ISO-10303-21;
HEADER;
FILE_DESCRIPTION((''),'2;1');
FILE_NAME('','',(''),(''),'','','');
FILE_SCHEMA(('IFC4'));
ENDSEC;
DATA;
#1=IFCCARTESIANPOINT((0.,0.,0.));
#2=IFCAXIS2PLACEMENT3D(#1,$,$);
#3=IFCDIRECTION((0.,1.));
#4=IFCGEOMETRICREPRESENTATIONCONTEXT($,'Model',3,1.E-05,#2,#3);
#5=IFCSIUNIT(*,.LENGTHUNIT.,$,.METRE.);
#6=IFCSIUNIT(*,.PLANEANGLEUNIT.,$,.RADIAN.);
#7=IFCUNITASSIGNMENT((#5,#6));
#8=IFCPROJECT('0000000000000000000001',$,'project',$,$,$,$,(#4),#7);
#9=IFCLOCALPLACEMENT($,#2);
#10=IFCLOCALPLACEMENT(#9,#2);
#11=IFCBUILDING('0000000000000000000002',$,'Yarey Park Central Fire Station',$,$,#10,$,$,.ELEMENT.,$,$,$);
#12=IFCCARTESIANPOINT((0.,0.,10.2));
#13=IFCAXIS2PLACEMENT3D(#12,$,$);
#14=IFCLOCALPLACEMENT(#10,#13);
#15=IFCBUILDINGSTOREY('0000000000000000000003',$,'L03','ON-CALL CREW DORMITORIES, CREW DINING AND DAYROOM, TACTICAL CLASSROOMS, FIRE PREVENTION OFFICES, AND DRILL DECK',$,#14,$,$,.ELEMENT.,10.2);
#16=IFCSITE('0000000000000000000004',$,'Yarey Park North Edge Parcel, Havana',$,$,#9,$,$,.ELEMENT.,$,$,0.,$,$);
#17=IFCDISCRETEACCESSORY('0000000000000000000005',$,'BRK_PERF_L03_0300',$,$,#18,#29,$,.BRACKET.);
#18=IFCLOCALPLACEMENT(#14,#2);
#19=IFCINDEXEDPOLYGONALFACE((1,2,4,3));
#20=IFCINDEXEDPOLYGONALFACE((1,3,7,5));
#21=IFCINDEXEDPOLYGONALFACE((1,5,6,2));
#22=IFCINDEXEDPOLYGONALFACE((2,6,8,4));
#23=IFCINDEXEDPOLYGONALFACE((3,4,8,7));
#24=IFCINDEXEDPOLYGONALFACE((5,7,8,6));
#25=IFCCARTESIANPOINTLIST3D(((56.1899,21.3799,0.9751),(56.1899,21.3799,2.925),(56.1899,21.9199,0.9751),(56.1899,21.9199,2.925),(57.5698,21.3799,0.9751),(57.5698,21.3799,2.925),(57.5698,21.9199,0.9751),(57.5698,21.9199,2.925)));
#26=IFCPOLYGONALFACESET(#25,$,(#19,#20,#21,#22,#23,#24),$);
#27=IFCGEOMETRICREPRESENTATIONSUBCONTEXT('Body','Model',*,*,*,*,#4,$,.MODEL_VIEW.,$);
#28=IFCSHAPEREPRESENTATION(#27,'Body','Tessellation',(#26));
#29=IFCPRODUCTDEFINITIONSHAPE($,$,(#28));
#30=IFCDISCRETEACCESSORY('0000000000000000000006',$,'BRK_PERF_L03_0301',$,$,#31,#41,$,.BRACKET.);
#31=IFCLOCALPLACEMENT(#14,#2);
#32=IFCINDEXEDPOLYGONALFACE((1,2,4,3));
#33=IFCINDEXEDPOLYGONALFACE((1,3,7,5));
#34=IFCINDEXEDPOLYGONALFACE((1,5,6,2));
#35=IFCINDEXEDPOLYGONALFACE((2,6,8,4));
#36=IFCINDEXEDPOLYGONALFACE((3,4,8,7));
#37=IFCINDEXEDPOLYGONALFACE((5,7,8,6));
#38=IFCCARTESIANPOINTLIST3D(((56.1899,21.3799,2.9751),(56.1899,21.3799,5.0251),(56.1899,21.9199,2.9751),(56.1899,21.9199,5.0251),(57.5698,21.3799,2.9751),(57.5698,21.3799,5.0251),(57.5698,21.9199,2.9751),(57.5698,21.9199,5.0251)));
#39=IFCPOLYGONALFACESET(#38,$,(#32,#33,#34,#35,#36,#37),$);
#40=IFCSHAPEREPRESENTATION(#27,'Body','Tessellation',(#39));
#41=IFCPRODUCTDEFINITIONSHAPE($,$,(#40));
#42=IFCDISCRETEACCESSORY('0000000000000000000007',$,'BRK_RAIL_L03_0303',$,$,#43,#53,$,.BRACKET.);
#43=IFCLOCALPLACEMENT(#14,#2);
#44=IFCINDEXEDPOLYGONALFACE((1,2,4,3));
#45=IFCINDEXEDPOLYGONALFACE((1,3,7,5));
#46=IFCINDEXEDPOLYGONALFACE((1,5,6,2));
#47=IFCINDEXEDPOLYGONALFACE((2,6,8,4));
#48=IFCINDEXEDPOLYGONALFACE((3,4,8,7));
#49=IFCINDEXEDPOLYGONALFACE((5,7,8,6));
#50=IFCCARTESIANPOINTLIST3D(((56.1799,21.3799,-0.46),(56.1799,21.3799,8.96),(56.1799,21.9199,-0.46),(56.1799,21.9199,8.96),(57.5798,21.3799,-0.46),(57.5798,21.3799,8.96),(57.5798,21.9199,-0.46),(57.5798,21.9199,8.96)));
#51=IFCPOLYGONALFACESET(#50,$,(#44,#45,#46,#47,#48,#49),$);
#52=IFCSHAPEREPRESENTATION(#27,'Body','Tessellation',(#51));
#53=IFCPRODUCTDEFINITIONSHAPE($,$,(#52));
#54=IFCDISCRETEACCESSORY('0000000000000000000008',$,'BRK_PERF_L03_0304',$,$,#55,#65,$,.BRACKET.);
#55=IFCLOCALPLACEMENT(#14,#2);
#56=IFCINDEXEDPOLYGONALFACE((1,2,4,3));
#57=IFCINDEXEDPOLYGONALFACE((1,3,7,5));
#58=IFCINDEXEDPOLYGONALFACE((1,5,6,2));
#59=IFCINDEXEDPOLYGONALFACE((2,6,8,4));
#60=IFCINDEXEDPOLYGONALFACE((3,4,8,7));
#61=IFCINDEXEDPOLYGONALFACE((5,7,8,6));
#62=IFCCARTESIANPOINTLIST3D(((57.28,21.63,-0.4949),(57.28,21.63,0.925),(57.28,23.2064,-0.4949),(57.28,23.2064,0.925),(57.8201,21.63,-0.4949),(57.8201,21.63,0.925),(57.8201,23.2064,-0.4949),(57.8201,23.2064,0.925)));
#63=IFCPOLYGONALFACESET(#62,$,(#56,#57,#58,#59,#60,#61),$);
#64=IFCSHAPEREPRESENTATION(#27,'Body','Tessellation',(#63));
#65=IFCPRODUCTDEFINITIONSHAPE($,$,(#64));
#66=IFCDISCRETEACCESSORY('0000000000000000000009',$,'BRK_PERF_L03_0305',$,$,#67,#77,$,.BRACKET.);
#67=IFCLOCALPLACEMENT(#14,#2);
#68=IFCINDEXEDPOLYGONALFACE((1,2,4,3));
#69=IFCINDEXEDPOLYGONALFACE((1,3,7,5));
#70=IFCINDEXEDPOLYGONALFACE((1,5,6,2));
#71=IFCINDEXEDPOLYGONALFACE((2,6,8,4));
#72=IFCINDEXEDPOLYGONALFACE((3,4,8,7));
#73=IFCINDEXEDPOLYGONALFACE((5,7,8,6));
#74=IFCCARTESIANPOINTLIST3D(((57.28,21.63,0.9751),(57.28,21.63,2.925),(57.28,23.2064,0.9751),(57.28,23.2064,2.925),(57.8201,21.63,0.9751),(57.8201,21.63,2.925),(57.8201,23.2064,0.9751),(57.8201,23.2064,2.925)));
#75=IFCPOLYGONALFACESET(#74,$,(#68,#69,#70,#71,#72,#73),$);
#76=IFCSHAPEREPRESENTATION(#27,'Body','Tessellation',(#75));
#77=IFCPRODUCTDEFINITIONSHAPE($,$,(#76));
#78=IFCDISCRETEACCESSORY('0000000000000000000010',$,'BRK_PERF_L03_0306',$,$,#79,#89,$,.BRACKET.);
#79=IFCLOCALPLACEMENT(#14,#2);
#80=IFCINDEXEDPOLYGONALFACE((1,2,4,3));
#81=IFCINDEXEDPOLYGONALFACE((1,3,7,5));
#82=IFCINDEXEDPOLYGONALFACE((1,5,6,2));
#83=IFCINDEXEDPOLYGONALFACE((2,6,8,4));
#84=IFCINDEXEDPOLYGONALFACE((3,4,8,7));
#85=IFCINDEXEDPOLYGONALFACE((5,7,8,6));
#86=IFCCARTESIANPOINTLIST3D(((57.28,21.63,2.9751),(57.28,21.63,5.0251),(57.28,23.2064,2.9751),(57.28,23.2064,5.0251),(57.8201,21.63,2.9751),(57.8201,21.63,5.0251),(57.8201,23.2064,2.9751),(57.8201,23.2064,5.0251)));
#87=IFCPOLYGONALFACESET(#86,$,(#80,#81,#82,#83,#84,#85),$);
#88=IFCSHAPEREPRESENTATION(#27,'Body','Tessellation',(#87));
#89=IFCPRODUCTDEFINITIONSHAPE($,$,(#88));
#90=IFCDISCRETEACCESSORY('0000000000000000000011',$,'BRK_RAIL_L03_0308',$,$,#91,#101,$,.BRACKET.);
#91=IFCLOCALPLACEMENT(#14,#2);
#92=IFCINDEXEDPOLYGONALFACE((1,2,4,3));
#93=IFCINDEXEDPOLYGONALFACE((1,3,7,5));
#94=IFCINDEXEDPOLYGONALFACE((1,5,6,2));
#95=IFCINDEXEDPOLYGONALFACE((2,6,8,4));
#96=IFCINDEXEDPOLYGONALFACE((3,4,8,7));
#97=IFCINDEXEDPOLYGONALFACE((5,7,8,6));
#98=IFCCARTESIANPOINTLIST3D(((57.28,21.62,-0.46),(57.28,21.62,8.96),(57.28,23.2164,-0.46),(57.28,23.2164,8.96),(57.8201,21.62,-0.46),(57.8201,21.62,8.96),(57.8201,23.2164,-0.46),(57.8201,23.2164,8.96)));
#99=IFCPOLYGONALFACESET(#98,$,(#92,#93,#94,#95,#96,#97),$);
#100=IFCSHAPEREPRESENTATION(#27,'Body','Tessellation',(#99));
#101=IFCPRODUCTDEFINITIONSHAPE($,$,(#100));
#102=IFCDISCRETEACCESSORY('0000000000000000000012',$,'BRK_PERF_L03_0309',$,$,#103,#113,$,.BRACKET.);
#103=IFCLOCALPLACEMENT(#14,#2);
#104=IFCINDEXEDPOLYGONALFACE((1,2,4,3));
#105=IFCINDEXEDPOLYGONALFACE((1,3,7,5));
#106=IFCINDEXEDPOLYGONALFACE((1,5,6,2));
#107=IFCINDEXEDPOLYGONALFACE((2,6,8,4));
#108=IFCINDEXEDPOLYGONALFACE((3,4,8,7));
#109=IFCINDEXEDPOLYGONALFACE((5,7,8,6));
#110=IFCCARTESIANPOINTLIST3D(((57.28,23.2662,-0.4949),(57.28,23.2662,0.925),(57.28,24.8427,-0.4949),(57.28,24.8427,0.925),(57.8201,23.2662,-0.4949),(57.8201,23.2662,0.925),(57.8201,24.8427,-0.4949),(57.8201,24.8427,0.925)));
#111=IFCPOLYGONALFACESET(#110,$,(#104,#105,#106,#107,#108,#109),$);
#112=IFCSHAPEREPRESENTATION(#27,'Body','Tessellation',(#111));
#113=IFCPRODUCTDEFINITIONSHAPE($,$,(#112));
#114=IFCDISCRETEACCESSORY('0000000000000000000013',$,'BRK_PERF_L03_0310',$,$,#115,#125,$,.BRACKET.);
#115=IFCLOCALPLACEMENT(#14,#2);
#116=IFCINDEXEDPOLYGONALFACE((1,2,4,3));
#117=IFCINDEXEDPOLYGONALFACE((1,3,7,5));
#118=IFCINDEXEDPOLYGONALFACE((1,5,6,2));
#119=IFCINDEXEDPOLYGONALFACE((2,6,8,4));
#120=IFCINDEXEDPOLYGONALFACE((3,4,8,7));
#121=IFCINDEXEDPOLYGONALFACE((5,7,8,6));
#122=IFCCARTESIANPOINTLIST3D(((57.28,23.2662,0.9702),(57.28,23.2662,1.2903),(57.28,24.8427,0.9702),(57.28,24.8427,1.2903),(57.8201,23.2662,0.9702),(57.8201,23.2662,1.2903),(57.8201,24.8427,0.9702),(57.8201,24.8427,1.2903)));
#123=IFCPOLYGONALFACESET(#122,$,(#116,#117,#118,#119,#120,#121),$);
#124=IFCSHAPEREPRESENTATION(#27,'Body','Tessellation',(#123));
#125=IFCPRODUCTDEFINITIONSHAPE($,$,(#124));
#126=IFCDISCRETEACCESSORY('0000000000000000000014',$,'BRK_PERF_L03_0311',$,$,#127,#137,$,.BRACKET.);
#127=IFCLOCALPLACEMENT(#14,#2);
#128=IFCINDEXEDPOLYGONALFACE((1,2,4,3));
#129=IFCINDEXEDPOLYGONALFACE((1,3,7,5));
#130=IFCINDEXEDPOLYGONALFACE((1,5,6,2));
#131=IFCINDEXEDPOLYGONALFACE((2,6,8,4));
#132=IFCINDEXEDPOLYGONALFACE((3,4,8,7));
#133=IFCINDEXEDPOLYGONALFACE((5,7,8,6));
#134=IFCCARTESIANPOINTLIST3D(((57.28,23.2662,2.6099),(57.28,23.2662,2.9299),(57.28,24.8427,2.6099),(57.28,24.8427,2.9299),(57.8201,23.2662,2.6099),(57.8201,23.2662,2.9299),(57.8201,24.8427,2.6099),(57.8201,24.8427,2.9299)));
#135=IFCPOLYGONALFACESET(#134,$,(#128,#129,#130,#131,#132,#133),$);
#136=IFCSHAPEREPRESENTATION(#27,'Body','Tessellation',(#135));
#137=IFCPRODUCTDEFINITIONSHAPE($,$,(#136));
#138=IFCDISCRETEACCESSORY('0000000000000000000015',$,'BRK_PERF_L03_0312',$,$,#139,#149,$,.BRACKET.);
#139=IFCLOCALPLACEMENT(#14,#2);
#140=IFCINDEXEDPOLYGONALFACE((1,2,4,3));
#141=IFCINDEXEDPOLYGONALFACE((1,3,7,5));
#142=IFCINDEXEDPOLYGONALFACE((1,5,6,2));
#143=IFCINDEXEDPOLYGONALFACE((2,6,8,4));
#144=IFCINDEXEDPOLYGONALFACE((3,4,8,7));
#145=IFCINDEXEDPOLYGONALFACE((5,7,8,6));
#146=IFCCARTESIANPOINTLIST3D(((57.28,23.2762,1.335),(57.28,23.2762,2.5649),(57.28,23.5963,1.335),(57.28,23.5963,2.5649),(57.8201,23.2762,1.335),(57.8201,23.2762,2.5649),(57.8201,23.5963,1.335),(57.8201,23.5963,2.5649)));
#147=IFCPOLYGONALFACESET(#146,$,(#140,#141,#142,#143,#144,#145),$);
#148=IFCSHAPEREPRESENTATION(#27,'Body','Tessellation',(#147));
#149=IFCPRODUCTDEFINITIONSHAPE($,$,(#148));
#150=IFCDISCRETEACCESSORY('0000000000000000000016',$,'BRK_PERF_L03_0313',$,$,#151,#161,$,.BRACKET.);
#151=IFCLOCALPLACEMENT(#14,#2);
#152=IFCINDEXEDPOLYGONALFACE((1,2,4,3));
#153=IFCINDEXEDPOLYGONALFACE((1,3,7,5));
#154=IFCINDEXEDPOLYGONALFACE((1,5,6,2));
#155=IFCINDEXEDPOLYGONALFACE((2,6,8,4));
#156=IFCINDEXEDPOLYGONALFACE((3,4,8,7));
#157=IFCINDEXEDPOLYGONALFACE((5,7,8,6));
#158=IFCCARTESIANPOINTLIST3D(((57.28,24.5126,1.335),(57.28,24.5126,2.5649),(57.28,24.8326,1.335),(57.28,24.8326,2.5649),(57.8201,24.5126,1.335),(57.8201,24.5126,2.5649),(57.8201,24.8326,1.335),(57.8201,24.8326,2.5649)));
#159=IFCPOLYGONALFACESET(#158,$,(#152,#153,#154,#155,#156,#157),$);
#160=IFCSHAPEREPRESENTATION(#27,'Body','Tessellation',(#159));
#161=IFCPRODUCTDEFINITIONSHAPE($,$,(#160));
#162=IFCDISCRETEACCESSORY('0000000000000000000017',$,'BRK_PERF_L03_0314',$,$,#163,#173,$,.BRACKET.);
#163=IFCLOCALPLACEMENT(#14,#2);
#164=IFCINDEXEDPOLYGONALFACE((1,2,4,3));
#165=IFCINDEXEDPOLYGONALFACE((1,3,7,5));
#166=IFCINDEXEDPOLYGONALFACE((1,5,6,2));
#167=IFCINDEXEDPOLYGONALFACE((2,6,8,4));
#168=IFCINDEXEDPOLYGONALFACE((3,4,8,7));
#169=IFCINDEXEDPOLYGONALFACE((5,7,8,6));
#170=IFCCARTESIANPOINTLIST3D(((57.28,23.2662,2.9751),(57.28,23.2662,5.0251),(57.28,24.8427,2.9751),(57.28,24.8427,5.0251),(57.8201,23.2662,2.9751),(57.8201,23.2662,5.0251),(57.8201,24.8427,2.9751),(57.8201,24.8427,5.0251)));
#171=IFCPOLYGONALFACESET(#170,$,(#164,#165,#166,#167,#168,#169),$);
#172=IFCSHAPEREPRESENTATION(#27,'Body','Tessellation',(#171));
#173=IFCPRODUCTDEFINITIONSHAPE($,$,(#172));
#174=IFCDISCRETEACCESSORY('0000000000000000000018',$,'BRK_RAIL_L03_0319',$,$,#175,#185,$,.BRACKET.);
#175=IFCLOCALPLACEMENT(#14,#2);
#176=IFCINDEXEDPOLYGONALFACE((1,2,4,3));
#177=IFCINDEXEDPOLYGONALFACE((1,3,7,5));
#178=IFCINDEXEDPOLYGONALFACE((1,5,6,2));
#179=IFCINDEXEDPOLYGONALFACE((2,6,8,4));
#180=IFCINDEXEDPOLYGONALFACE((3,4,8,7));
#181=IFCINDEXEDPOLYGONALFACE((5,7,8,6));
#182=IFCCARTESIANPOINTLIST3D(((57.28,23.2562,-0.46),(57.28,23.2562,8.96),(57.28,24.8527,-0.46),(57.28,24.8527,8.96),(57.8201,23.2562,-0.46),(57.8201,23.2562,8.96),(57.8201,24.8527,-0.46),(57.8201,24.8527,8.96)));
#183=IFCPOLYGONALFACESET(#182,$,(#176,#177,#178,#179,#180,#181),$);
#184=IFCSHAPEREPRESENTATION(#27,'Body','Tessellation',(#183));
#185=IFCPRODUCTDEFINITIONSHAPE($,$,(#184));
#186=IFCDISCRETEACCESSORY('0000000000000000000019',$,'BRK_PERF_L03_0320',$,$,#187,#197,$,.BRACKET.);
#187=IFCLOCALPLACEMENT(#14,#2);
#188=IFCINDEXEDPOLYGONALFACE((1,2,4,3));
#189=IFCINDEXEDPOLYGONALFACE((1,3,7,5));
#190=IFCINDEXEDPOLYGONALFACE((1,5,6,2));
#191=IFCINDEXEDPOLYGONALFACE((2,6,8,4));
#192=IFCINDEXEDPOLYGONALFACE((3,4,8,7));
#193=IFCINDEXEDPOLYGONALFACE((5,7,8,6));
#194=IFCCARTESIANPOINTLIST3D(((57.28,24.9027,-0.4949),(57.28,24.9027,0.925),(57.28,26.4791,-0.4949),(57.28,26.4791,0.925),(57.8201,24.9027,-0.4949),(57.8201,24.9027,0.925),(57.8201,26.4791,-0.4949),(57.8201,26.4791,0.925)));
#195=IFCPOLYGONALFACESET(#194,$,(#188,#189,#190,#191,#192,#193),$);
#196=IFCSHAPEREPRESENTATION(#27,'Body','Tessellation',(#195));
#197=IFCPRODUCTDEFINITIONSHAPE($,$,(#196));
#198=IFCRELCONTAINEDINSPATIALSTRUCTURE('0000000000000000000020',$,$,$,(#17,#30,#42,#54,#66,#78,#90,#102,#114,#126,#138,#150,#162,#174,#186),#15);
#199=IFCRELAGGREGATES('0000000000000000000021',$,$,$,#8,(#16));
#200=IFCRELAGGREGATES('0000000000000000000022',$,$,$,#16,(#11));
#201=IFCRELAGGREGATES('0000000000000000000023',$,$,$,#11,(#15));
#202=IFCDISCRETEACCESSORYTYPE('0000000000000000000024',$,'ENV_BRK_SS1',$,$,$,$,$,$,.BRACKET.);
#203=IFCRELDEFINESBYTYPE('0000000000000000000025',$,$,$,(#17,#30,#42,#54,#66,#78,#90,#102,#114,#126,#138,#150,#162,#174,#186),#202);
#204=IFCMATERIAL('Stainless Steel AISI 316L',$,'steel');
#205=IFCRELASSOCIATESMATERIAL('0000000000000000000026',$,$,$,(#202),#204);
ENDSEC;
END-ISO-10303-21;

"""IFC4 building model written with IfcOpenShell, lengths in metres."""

from ifc_helpers import new_model, si_unit, direction, frame, origin, origin_2d, place, context, subcontext, project, spatial, rectangle, extrude, material, type_object, element, save


model = new_model("IFC4")

# Units and contexts
model_context = context("Model", 3, precision=1e-05, world=origin(), true_north=direction((0.0, 1.0)))
body_context = subcontext(model_context, "Body", "Model", "MODEL_VIEW")
ifc_project = project(units=[si_unit("LENGTHUNIT", "METRE"), si_unit("PLANEANGLEUNIT", "RADIAN")], contexts=[model_context])

# Site, building, storey
site_placement = place(None, origin())
site = spatial("IfcSite", under=ifc_project, at=site_placement, Name="Yarey Park North Edge Parcel, Havana", CompositionType="ELEMENT", RefElevation=0.0)
building_placement = place(site_placement, origin())
building = spatial("IfcBuilding", under=site, at=building_placement, Name="Yarey Park Central Fire Station", CompositionType="ELEMENT")
storey_placement = place(building_placement, frame((0.0, 0.0, 10.2)))
storey = spatial("IfcBuildingStorey", under=building, at=storey_placement, Name="L03", Description="ON-CALL CREW DORMITORIES, CREW DINING AND DAYROOM, TACTICAL CLASSROOMS, FIRE PREVENTION OFFICES, AND DRILL DECK", CompositionType="ELEMENT", Elevation=10.2)

# Discrete accessories
ifc_material_1 = material(Name="Stainless Steel AISI 316L", Category="steel")
discrete_accessory_type = type_object("IfcDiscreteAccessoryType", Name="ENV_BRK_SS1", PredefinedType="BRACKET", material=ifc_material_1)
discrete_accessory_1_placement = place(storey_placement, frame((56.8799, 21.6499, 0.9751), z_axis=(0.0, 0.0, 1.0), x_axis=(1.0, 0.0, 0.0)))
element("IfcDiscreteAccessory", 1, at=discrete_accessory_1_placement, inside=storey, type_object=discrete_accessory_type, Name="BRK_PERF_L03_0300", PredefinedType="BRACKET", context=body_context, shape_type="SweptSolid", body=[
    extrude(rectangle(XDim=1.3799, YDim=0.54, at=origin_2d()), origin(), (0.0, 0.0, 1.0), 1.95),
])
discrete_accessory_2_placement = place(storey_placement, frame((56.8799, 21.6499, 2.9751), z_axis=(0.0, 0.0, 1.0), x_axis=(1.0, 0.0, 0.0)))
element("IfcDiscreteAccessory", 2, at=discrete_accessory_2_placement, inside=storey, type_object=discrete_accessory_type, Name="BRK_PERF_L03_0301", PredefinedType="BRACKET", context=body_context, shape_type="SweptSolid", body=[
    extrude(rectangle(XDim=1.3799, YDim=0.54, at=origin_2d()), origin(), (0.0, 0.0, 1.0), 2.05),
])
discrete_accessory_3_placement = place(storey_placement, frame((56.8799, 21.6499, -0.46), z_axis=(0.0, 0.0, 1.0), x_axis=(1.0, 0.0, 0.0)))
element("IfcDiscreteAccessory", 3, at=discrete_accessory_3_placement, inside=storey, type_object=discrete_accessory_type, Name="BRK_RAIL_L03_0303", PredefinedType="BRACKET", context=body_context, shape_type="SweptSolid", body=[
    extrude(rectangle(XDim=1.3999, YDim=0.54, at=origin_2d()), origin(), (0.0, 0.0, 1.0), 9.4199),
])
discrete_accessory_4_placement = place(storey_placement, frame((57.55, 22.4182, -0.4949), z_axis=(0.0, 0.0, 1.0), x_axis=(1.0, 0.0, 0.0)))
element("IfcDiscreteAccessory", 4, at=discrete_accessory_4_placement, inside=storey, type_object=discrete_accessory_type, Name="BRK_PERF_L03_0304", PredefinedType="BRACKET", context=body_context, shape_type="SweptSolid", body=[
    extrude(rectangle(XDim=0.54, YDim=1.5764, at=origin_2d()), origin(), (0.0, 0.0, 1.0), 1.4199),
])
discrete_accessory_5_placement = place(storey_placement, frame((57.55, 22.4182, 0.9751), z_axis=(0.0, 0.0, 1.0), x_axis=(1.0, 0.0, 0.0)))
element("IfcDiscreteAccessory", 5, at=discrete_accessory_5_placement, inside=storey, type_object=discrete_accessory_type, Name="BRK_PERF_L03_0305", PredefinedType="BRACKET", context=body_context, shape_type="SweptSolid", body=[
    extrude(rectangle(XDim=0.54, YDim=1.5764, at=origin_2d()), origin(), (0.0, 0.0, 1.0), 1.95),
])
discrete_accessory_6_placement = place(storey_placement, frame((57.55, 22.4182, 2.9751), z_axis=(0.0, 0.0, 1.0), x_axis=(1.0, 0.0, 0.0)))
element("IfcDiscreteAccessory", 6, at=discrete_accessory_6_placement, inside=storey, type_object=discrete_accessory_type, Name="BRK_PERF_L03_0306", PredefinedType="BRACKET", context=body_context, shape_type="SweptSolid", body=[
    extrude(rectangle(XDim=0.54, YDim=1.5764, at=origin_2d()), origin(), (0.0, 0.0, 1.0), 2.05),
])
discrete_accessory_7_placement = place(storey_placement, frame((57.55, 22.4182, -0.46), z_axis=(0.0, 0.0, 1.0), x_axis=(1.0, 0.0, 0.0)))
element("IfcDiscreteAccessory", 7, at=discrete_accessory_7_placement, inside=storey, type_object=discrete_accessory_type, Name="BRK_RAIL_L03_0308", PredefinedType="BRACKET", context=body_context, shape_type="SweptSolid", body=[
    extrude(rectangle(XDim=0.54, YDim=1.5964, at=origin_2d()), origin(), (0.0, 0.0, 1.0), 9.4199),
])
discrete_accessory_8_placement = place(storey_placement, frame((57.55, 24.0544, -0.4949), z_axis=(0.0, 0.0, 1.0), x_axis=(1.0, 0.0, 0.0)))
element("IfcDiscreteAccessory", 8, at=discrete_accessory_8_placement, inside=storey, type_object=discrete_accessory_type, Name="BRK_PERF_L03_0309", PredefinedType="BRACKET", context=body_context, shape_type="SweptSolid", body=[
    extrude(rectangle(XDim=0.54, YDim=1.5764, at=origin_2d()), origin(), (0.0, 0.0, 1.0), 1.4199),
])
for number, where, z_axis, x_axis, name in (
    (9, (57.55, 24.0544, 0.9702), (0.0, 0.0, 1.0), (1.0, 0.0, 0.0), "BRK_PERF_L03_0310"),
    (10, (57.55, 24.0544, 2.6099), (0.0, 0.0, 1.0), (1.0, 0.0, 0.0), "BRK_PERF_L03_0311"),
):
    element("IfcDiscreteAccessory", number, at=place(storey_placement, frame(where, z_axis=z_axis, x_axis=x_axis)), inside=storey, type_object=discrete_accessory_type, Name=name, PredefinedType="BRACKET", context=body_context, shape_type="SweptSolid", body=[
        extrude(rectangle(XDim=0.54, YDim=1.5764, at=origin_2d()), origin(), (0.0, 0.0, 1.0), 0.3201),
    ])
for number, where, z_axis, x_axis, name in (
    (11, (57.55, 23.4363, 1.335), (0.0, 0.0, 1.0), (1.0, 0.0, 0.0), "BRK_PERF_L03_0312"),
    (12, (57.55, 24.6726, 1.335), (0.0, 0.0, 1.0), (1.0, 0.0, 0.0), "BRK_PERF_L03_0313"),
):
    element("IfcDiscreteAccessory", number, at=place(storey_placement, frame(where, z_axis=z_axis, x_axis=x_axis)), inside=storey, type_object=discrete_accessory_type, Name=name, PredefinedType="BRACKET", context=body_context, shape_type="SweptSolid", body=[
        extrude(rectangle(XDim=0.54, YDim=0.3201, at=origin_2d()), origin(), (0.0, 0.0, 1.0), 1.23),
    ])
discrete_accessory_9_placement = place(storey_placement, frame((57.55, 24.0544, 2.9751), z_axis=(0.0, 0.0, 1.0), x_axis=(1.0, 0.0, 0.0)))
element("IfcDiscreteAccessory", 13, at=discrete_accessory_9_placement, inside=storey, type_object=discrete_accessory_type, Name="BRK_PERF_L03_0314", PredefinedType="BRACKET", context=body_context, shape_type="SweptSolid", body=[
    extrude(rectangle(XDim=0.54, YDim=1.5764, at=origin_2d()), origin(), (0.0, 0.0, 1.0), 2.05),
])
discrete_accessory_10_placement = place(storey_placement, frame((57.55, 24.0544, -0.46), z_axis=(0.0, 0.0, 1.0), x_axis=(1.0, 0.0, 0.0)))
element("IfcDiscreteAccessory", 14, at=discrete_accessory_10_placement, inside=storey, type_object=discrete_accessory_type, Name="BRK_RAIL_L03_0319", PredefinedType="BRACKET", context=body_context, shape_type="SweptSolid", body=[
    extrude(rectangle(XDim=0.54, YDim=1.5964, at=origin_2d()), origin(), (0.0, 0.0, 1.0), 9.4199),
])
discrete_accessory_11_placement = place(storey_placement, frame((57.55, 25.6909, -0.4949), z_axis=(0.0, 0.0, 1.0), x_axis=(1.0, 0.0, 0.0)))
element("IfcDiscreteAccessory", 15, at=discrete_accessory_11_placement, inside=storey, type_object=discrete_accessory_type, Name="BRK_PERF_L03_0320", PredefinedType="BRACKET", context=body_context, shape_type="SweptSolid", body=[
    extrude(rectangle(XDim=0.54, YDim=1.5764, at=origin_2d()), origin(), (0.0, 0.0, 1.0), 1.4199),
])

save(model, "model.ifc")
